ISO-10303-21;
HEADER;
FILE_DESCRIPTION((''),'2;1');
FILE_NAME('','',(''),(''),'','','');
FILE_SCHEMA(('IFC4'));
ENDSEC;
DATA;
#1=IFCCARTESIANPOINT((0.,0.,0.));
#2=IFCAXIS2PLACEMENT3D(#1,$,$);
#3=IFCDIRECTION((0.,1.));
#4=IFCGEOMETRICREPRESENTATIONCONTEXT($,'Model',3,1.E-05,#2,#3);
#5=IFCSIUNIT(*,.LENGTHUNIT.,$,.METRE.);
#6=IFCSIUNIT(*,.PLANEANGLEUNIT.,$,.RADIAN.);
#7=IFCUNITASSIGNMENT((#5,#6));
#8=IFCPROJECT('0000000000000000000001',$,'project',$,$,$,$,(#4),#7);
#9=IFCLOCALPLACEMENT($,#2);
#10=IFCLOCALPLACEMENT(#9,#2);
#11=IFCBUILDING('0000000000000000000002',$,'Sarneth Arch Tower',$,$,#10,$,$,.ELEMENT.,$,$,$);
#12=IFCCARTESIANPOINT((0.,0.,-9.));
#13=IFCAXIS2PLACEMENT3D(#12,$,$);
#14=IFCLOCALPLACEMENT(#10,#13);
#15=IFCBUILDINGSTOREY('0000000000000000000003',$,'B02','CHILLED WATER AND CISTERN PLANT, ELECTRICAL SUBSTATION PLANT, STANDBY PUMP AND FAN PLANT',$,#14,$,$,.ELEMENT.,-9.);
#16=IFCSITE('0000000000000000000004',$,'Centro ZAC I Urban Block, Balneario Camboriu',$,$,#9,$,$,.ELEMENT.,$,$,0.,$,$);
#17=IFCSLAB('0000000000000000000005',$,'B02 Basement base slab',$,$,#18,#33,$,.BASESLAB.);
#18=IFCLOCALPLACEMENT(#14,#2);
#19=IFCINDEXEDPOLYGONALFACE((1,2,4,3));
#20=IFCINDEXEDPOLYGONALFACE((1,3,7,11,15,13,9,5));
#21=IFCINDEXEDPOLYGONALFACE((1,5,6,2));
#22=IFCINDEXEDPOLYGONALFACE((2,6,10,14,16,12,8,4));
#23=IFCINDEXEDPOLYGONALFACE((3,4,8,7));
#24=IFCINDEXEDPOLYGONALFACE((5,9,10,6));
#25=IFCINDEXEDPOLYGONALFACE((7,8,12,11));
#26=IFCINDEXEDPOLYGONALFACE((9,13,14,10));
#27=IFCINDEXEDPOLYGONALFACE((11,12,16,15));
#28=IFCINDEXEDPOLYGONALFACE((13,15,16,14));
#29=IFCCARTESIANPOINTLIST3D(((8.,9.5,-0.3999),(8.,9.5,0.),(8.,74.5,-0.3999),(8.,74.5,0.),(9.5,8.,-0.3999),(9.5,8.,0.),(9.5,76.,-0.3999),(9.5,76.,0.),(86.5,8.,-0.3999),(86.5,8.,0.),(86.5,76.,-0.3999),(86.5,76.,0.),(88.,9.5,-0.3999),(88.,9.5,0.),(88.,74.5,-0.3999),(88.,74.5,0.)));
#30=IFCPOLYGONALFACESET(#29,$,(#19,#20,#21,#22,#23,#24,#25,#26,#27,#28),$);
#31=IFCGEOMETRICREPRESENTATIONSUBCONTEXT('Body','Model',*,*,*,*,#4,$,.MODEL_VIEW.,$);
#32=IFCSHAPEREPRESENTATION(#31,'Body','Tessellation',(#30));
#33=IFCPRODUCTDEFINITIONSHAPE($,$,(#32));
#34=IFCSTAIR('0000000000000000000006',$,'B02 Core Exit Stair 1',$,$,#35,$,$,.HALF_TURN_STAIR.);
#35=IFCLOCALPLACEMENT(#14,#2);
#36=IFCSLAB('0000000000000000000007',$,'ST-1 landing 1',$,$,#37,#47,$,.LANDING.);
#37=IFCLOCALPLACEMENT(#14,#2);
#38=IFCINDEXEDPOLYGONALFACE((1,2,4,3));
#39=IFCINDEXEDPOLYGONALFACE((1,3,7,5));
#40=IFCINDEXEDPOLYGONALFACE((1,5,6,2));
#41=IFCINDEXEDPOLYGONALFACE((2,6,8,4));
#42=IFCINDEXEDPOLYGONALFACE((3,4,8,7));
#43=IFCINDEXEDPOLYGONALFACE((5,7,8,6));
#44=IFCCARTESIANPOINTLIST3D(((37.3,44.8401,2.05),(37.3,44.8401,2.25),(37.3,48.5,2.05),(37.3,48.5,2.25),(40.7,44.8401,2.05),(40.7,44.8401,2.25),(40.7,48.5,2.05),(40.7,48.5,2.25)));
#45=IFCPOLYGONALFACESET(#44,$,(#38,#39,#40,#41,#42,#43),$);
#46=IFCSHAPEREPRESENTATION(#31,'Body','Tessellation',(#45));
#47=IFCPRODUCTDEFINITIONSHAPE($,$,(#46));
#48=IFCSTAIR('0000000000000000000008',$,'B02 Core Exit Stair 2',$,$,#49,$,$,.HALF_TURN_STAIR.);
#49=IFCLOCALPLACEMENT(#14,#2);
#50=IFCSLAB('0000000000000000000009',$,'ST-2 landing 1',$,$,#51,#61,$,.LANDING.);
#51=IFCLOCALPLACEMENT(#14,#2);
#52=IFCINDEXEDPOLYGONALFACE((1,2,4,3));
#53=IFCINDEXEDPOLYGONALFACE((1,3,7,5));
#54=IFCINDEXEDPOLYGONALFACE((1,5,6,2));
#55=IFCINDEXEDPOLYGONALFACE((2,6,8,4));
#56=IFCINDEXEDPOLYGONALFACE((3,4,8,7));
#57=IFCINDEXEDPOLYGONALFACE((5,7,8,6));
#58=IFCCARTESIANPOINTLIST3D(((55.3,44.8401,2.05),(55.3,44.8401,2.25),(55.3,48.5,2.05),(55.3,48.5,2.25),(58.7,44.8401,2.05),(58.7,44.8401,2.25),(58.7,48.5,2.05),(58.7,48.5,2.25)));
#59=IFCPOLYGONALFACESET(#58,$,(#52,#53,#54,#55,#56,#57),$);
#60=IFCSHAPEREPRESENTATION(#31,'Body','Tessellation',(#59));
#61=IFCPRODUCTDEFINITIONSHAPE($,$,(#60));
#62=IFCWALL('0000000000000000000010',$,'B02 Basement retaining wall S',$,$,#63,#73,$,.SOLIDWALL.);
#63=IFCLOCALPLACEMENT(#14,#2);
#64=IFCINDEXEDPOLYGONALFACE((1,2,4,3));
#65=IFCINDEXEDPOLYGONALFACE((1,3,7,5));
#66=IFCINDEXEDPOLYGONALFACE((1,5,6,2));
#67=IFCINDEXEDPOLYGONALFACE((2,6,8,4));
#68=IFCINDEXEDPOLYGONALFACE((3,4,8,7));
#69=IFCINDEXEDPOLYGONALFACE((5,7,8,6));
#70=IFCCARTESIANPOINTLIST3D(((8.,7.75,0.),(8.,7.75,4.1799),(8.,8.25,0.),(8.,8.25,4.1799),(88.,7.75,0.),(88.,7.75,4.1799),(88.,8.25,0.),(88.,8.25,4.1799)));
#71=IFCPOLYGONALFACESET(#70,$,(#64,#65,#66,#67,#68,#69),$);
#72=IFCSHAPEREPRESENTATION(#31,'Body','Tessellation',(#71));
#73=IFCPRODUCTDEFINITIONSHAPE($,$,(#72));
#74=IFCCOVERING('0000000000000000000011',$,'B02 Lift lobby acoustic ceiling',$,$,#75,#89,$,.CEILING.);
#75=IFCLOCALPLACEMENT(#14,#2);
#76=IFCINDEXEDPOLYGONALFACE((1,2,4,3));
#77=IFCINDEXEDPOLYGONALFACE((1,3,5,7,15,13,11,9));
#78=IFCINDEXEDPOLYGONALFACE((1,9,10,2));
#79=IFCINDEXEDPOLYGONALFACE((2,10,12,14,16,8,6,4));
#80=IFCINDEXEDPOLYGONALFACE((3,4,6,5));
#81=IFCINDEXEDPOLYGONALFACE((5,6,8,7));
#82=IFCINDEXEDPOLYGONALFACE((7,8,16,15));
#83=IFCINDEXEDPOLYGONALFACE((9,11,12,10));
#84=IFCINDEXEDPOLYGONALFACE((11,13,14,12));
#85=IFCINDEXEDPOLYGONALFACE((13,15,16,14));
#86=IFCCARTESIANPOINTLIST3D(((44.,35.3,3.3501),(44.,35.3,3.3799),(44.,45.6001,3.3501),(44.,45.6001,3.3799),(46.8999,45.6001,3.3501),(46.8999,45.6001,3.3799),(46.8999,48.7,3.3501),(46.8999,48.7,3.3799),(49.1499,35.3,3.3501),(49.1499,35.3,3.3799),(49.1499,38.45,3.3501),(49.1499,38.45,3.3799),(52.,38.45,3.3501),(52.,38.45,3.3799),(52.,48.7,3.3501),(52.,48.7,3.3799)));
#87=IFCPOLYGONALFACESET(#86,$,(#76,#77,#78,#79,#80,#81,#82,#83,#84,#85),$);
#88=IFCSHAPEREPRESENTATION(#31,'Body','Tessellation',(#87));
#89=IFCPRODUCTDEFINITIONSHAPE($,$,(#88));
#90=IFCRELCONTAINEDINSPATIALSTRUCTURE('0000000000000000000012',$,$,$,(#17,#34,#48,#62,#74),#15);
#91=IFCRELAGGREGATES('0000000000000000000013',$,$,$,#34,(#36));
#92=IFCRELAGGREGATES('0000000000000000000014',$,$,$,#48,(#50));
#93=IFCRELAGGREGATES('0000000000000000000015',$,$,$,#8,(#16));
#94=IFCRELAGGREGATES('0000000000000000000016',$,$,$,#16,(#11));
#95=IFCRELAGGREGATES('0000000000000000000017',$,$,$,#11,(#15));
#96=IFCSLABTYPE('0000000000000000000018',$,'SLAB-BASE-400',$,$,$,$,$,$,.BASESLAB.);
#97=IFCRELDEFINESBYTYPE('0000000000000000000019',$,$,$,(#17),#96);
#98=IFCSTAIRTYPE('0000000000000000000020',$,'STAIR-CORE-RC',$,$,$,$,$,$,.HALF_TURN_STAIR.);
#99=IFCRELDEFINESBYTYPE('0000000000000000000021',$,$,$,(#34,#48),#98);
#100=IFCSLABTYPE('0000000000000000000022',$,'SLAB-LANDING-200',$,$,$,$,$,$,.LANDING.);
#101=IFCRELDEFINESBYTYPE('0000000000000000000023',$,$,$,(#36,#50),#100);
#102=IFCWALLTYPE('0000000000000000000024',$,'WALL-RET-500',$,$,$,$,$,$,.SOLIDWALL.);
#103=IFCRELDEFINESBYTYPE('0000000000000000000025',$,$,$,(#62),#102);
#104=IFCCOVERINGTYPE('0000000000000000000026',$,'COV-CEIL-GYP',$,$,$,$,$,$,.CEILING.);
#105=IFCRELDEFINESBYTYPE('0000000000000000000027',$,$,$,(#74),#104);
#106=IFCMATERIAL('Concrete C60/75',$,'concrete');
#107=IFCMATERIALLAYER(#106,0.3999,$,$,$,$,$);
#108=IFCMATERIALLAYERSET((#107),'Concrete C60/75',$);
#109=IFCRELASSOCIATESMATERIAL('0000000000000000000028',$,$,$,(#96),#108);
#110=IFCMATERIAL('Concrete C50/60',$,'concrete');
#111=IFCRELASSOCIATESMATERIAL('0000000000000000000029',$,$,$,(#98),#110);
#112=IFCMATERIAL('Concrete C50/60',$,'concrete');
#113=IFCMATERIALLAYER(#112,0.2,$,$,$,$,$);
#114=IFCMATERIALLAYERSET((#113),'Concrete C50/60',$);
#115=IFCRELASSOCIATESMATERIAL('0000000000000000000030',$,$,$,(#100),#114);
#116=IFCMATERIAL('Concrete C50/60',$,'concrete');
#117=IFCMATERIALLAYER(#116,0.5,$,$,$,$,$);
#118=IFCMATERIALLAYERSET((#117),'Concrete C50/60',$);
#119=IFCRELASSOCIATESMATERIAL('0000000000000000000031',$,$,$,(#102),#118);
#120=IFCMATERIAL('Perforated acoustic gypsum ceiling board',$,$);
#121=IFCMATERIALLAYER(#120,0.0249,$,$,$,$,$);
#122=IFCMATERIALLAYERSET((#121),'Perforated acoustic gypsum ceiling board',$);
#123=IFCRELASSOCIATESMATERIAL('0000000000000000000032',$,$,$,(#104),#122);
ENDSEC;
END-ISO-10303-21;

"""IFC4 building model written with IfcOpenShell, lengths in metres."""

from ifc_helpers import new_model, si_unit, direction, frame, frame_2d, origin, place, context, subcontext, project, spatial, polyline, rectangle, outline, extrude, material, layer, layer_set, type_object, element, aggregate, save


model = new_model("IFC4")

# Units and contexts
model_context = context("Model", 3, precision=1e-05, world=origin(), true_north=direction((0.0, 1.0)))
body_context = subcontext(model_context, "Body", "Model", "MODEL_VIEW")
ifc_project = project(units=[si_unit("LENGTHUNIT", "METRE"), si_unit("PLANEANGLEUNIT", "RADIAN")], contexts=[model_context])

# Site, building, storey
site_placement = place(None, origin())
site = spatial("IfcSite", under=ifc_project, at=site_placement, Name="Centro ZAC I Urban Block, Balneario Camboriu", CompositionType="ELEMENT", RefElevation=0.0)
building_placement = place(site_placement, origin())
building = spatial("IfcBuilding", under=site, at=building_placement, Name="Sarneth Arch Tower", CompositionType="ELEMENT")
storey_placement = place(building_placement, frame((0.0, 0.0, -9.0)))
storey = spatial("IfcBuildingStorey", under=building, at=storey_placement, Name="B02", Description="CHILLED WATER AND CISTERN PLANT, ELECTRICAL SUBSTATION PLANT, STANDBY PUMP AND FAN PLANT", CompositionType="ELEMENT", Elevation=-9.0)

# Slab
ifc_material_1 = material(Name="Concrete C60/75", Category="concrete")
ifc_layer_1 = layer(ifc_material_1, 0.3999)
ifc_layer_set_1 = layer_set([ifc_layer_1], Name="Concrete C60/75")
slab_type_1 = type_object("IfcSlabType", Name="SLAB-BASE-400", PredefinedType="BASESLAB", material=ifc_layer_set_1)
slab_1_placement = place(storey_placement, frame((0.0, 0.0, -0.3999)))
element("IfcSlab", 1, at=slab_1_placement, inside=storey, type_object=slab_type_1, Name="B02 Basement base slab", PredefinedType="BASESLAB", context=body_context, shape_type="SweptSolid", body=[
    extrude(outline(polyline([(9.5, 8.0), (86.5, 8.0), (88.0, 9.5), (88.0, 74.5), (86.5, 76.0), (9.5, 76.0), (8.0, 74.5), (8.0, 9.5), (9.5, 8.0)])), origin(), (0.0, 0.0, 1.0), 0.3999),
])

# Stairs, slabs
ifc_material_2 = material(Name="Concrete C50/60", Category="concrete")
stair_type = type_object("IfcStairType", Name="STAIR-CORE-RC", PredefinedType="HALF_TURN_STAIR", material=ifc_material_2)
stair_1_placement = place(storey_placement, origin())
stair_1 = element("IfcStair", 2, at=stair_1_placement, inside=storey, type_object=stair_type, Name="B02 Core Exit Stair 1", PredefinedType="HALF_TURN_STAIR")
ifc_material_3 = material(Name="Concrete C50/60", Category="concrete")
ifc_layer_2 = layer(ifc_material_3, 0.2)
ifc_layer_set_2 = layer_set([ifc_layer_2], Name="Concrete C50/60")
slab_type_2 = type_object("IfcSlabType", Name="SLAB-LANDING-200", PredefinedType="LANDING", material=ifc_layer_set_2)
slab_2_placement = place(storey_placement, frame((0.0, 0.0, 2.05)))
slab_2 = element("IfcSlab", 3, at=slab_2_placement, type_object=slab_type_2, Name="ST-1 landing 1", PredefinedType="LANDING", context=body_context, shape_type="SweptSolid", body=[
    extrude(outline(polyline([(37.3, 44.8401), (40.7, 44.8401), (40.7, 48.5), (37.3, 48.5), (37.3, 44.8401)])), origin(), (0.0, 0.0, 1.0), 0.2),
])
aggregate(stair_1, [slab_2])
stair_2_placement = place(storey_placement, origin())
stair_2 = element("IfcStair", 4, at=stair_2_placement, inside=storey, type_object=stair_type, Name="B02 Core Exit Stair 2", PredefinedType="HALF_TURN_STAIR")
slab_3_placement = place(storey_placement, frame((0.0, 0.0, 2.05)))
slab_3 = element("IfcSlab", 5, at=slab_3_placement, type_object=slab_type_2, Name="ST-2 landing 1", PredefinedType="LANDING", context=body_context, shape_type="SweptSolid", body=[
    extrude(outline(polyline([(55.3, 44.8401), (58.7, 44.8401), (58.7, 48.5), (55.3, 48.5), (55.3, 44.8401)])), origin(), (0.0, 0.0, 1.0), 0.2),
])
aggregate(stair_2, [slab_3])

# Wall
ifc_material_4 = material(Name="Concrete C50/60", Category="concrete")
ifc_layer_3 = layer(ifc_material_4, 0.5)
ifc_layer_set_3 = layer_set([ifc_layer_3], Name="Concrete C50/60")
wall_type = type_object("IfcWallType", Name="WALL-RET-500", PredefinedType="SOLIDWALL", material=ifc_layer_set_3)
wall_placement = place(storey_placement, frame((8.0, 8.0, 0.0), z_axis=(0.0, 0.0, 1.0), x_axis=(1.0, 0.0, 0.0)))
element("IfcWall", 6, at=wall_placement, inside=storey, type_object=wall_type, Name="B02 Basement retaining wall S", PredefinedType="SOLIDWALL", context=body_context, shape_type="SweptSolid", body=[
    extrude(rectangle(XDim=80.0, YDim=0.5, at=frame_2d((40.0, 0.0))), origin(), (0.0, 0.0, 1.0), 4.1799),
])

# Covering
ifc_material_5 = material(Name="Perforated acoustic gypsum ceiling board")
ifc_layer_4 = layer(ifc_material_5, 0.0249)
ifc_layer_set_4 = layer_set([ifc_layer_4], Name="Perforated acoustic gypsum ceiling board")
covering_type = type_object("IfcCoveringType", Name="COV-CEIL-GYP", PredefinedType="CEILING", material=ifc_layer_set_4)
covering_placement = place(storey_placement, frame((0.0, 0.0, 3.3501)))
element("IfcCovering", 7, at=covering_placement, inside=storey, type_object=covering_type, Name="B02 Lift lobby acoustic ceiling", PredefinedType="CEILING", context=body_context, shape_type="SweptSolid", body=[
    extrude(outline(polyline([(49.1499, 38.45), (49.1499, 35.3), (44.0, 35.3), (44.0, 45.6001), (46.8999, 45.6001), (46.8999, 48.7), (52.0, 48.7), (52.0, 38.45), (49.1499, 38.45)])), origin(), (0.0, 0.0, 1.0), 0.0298),
])

save(model, "model.ifc")
